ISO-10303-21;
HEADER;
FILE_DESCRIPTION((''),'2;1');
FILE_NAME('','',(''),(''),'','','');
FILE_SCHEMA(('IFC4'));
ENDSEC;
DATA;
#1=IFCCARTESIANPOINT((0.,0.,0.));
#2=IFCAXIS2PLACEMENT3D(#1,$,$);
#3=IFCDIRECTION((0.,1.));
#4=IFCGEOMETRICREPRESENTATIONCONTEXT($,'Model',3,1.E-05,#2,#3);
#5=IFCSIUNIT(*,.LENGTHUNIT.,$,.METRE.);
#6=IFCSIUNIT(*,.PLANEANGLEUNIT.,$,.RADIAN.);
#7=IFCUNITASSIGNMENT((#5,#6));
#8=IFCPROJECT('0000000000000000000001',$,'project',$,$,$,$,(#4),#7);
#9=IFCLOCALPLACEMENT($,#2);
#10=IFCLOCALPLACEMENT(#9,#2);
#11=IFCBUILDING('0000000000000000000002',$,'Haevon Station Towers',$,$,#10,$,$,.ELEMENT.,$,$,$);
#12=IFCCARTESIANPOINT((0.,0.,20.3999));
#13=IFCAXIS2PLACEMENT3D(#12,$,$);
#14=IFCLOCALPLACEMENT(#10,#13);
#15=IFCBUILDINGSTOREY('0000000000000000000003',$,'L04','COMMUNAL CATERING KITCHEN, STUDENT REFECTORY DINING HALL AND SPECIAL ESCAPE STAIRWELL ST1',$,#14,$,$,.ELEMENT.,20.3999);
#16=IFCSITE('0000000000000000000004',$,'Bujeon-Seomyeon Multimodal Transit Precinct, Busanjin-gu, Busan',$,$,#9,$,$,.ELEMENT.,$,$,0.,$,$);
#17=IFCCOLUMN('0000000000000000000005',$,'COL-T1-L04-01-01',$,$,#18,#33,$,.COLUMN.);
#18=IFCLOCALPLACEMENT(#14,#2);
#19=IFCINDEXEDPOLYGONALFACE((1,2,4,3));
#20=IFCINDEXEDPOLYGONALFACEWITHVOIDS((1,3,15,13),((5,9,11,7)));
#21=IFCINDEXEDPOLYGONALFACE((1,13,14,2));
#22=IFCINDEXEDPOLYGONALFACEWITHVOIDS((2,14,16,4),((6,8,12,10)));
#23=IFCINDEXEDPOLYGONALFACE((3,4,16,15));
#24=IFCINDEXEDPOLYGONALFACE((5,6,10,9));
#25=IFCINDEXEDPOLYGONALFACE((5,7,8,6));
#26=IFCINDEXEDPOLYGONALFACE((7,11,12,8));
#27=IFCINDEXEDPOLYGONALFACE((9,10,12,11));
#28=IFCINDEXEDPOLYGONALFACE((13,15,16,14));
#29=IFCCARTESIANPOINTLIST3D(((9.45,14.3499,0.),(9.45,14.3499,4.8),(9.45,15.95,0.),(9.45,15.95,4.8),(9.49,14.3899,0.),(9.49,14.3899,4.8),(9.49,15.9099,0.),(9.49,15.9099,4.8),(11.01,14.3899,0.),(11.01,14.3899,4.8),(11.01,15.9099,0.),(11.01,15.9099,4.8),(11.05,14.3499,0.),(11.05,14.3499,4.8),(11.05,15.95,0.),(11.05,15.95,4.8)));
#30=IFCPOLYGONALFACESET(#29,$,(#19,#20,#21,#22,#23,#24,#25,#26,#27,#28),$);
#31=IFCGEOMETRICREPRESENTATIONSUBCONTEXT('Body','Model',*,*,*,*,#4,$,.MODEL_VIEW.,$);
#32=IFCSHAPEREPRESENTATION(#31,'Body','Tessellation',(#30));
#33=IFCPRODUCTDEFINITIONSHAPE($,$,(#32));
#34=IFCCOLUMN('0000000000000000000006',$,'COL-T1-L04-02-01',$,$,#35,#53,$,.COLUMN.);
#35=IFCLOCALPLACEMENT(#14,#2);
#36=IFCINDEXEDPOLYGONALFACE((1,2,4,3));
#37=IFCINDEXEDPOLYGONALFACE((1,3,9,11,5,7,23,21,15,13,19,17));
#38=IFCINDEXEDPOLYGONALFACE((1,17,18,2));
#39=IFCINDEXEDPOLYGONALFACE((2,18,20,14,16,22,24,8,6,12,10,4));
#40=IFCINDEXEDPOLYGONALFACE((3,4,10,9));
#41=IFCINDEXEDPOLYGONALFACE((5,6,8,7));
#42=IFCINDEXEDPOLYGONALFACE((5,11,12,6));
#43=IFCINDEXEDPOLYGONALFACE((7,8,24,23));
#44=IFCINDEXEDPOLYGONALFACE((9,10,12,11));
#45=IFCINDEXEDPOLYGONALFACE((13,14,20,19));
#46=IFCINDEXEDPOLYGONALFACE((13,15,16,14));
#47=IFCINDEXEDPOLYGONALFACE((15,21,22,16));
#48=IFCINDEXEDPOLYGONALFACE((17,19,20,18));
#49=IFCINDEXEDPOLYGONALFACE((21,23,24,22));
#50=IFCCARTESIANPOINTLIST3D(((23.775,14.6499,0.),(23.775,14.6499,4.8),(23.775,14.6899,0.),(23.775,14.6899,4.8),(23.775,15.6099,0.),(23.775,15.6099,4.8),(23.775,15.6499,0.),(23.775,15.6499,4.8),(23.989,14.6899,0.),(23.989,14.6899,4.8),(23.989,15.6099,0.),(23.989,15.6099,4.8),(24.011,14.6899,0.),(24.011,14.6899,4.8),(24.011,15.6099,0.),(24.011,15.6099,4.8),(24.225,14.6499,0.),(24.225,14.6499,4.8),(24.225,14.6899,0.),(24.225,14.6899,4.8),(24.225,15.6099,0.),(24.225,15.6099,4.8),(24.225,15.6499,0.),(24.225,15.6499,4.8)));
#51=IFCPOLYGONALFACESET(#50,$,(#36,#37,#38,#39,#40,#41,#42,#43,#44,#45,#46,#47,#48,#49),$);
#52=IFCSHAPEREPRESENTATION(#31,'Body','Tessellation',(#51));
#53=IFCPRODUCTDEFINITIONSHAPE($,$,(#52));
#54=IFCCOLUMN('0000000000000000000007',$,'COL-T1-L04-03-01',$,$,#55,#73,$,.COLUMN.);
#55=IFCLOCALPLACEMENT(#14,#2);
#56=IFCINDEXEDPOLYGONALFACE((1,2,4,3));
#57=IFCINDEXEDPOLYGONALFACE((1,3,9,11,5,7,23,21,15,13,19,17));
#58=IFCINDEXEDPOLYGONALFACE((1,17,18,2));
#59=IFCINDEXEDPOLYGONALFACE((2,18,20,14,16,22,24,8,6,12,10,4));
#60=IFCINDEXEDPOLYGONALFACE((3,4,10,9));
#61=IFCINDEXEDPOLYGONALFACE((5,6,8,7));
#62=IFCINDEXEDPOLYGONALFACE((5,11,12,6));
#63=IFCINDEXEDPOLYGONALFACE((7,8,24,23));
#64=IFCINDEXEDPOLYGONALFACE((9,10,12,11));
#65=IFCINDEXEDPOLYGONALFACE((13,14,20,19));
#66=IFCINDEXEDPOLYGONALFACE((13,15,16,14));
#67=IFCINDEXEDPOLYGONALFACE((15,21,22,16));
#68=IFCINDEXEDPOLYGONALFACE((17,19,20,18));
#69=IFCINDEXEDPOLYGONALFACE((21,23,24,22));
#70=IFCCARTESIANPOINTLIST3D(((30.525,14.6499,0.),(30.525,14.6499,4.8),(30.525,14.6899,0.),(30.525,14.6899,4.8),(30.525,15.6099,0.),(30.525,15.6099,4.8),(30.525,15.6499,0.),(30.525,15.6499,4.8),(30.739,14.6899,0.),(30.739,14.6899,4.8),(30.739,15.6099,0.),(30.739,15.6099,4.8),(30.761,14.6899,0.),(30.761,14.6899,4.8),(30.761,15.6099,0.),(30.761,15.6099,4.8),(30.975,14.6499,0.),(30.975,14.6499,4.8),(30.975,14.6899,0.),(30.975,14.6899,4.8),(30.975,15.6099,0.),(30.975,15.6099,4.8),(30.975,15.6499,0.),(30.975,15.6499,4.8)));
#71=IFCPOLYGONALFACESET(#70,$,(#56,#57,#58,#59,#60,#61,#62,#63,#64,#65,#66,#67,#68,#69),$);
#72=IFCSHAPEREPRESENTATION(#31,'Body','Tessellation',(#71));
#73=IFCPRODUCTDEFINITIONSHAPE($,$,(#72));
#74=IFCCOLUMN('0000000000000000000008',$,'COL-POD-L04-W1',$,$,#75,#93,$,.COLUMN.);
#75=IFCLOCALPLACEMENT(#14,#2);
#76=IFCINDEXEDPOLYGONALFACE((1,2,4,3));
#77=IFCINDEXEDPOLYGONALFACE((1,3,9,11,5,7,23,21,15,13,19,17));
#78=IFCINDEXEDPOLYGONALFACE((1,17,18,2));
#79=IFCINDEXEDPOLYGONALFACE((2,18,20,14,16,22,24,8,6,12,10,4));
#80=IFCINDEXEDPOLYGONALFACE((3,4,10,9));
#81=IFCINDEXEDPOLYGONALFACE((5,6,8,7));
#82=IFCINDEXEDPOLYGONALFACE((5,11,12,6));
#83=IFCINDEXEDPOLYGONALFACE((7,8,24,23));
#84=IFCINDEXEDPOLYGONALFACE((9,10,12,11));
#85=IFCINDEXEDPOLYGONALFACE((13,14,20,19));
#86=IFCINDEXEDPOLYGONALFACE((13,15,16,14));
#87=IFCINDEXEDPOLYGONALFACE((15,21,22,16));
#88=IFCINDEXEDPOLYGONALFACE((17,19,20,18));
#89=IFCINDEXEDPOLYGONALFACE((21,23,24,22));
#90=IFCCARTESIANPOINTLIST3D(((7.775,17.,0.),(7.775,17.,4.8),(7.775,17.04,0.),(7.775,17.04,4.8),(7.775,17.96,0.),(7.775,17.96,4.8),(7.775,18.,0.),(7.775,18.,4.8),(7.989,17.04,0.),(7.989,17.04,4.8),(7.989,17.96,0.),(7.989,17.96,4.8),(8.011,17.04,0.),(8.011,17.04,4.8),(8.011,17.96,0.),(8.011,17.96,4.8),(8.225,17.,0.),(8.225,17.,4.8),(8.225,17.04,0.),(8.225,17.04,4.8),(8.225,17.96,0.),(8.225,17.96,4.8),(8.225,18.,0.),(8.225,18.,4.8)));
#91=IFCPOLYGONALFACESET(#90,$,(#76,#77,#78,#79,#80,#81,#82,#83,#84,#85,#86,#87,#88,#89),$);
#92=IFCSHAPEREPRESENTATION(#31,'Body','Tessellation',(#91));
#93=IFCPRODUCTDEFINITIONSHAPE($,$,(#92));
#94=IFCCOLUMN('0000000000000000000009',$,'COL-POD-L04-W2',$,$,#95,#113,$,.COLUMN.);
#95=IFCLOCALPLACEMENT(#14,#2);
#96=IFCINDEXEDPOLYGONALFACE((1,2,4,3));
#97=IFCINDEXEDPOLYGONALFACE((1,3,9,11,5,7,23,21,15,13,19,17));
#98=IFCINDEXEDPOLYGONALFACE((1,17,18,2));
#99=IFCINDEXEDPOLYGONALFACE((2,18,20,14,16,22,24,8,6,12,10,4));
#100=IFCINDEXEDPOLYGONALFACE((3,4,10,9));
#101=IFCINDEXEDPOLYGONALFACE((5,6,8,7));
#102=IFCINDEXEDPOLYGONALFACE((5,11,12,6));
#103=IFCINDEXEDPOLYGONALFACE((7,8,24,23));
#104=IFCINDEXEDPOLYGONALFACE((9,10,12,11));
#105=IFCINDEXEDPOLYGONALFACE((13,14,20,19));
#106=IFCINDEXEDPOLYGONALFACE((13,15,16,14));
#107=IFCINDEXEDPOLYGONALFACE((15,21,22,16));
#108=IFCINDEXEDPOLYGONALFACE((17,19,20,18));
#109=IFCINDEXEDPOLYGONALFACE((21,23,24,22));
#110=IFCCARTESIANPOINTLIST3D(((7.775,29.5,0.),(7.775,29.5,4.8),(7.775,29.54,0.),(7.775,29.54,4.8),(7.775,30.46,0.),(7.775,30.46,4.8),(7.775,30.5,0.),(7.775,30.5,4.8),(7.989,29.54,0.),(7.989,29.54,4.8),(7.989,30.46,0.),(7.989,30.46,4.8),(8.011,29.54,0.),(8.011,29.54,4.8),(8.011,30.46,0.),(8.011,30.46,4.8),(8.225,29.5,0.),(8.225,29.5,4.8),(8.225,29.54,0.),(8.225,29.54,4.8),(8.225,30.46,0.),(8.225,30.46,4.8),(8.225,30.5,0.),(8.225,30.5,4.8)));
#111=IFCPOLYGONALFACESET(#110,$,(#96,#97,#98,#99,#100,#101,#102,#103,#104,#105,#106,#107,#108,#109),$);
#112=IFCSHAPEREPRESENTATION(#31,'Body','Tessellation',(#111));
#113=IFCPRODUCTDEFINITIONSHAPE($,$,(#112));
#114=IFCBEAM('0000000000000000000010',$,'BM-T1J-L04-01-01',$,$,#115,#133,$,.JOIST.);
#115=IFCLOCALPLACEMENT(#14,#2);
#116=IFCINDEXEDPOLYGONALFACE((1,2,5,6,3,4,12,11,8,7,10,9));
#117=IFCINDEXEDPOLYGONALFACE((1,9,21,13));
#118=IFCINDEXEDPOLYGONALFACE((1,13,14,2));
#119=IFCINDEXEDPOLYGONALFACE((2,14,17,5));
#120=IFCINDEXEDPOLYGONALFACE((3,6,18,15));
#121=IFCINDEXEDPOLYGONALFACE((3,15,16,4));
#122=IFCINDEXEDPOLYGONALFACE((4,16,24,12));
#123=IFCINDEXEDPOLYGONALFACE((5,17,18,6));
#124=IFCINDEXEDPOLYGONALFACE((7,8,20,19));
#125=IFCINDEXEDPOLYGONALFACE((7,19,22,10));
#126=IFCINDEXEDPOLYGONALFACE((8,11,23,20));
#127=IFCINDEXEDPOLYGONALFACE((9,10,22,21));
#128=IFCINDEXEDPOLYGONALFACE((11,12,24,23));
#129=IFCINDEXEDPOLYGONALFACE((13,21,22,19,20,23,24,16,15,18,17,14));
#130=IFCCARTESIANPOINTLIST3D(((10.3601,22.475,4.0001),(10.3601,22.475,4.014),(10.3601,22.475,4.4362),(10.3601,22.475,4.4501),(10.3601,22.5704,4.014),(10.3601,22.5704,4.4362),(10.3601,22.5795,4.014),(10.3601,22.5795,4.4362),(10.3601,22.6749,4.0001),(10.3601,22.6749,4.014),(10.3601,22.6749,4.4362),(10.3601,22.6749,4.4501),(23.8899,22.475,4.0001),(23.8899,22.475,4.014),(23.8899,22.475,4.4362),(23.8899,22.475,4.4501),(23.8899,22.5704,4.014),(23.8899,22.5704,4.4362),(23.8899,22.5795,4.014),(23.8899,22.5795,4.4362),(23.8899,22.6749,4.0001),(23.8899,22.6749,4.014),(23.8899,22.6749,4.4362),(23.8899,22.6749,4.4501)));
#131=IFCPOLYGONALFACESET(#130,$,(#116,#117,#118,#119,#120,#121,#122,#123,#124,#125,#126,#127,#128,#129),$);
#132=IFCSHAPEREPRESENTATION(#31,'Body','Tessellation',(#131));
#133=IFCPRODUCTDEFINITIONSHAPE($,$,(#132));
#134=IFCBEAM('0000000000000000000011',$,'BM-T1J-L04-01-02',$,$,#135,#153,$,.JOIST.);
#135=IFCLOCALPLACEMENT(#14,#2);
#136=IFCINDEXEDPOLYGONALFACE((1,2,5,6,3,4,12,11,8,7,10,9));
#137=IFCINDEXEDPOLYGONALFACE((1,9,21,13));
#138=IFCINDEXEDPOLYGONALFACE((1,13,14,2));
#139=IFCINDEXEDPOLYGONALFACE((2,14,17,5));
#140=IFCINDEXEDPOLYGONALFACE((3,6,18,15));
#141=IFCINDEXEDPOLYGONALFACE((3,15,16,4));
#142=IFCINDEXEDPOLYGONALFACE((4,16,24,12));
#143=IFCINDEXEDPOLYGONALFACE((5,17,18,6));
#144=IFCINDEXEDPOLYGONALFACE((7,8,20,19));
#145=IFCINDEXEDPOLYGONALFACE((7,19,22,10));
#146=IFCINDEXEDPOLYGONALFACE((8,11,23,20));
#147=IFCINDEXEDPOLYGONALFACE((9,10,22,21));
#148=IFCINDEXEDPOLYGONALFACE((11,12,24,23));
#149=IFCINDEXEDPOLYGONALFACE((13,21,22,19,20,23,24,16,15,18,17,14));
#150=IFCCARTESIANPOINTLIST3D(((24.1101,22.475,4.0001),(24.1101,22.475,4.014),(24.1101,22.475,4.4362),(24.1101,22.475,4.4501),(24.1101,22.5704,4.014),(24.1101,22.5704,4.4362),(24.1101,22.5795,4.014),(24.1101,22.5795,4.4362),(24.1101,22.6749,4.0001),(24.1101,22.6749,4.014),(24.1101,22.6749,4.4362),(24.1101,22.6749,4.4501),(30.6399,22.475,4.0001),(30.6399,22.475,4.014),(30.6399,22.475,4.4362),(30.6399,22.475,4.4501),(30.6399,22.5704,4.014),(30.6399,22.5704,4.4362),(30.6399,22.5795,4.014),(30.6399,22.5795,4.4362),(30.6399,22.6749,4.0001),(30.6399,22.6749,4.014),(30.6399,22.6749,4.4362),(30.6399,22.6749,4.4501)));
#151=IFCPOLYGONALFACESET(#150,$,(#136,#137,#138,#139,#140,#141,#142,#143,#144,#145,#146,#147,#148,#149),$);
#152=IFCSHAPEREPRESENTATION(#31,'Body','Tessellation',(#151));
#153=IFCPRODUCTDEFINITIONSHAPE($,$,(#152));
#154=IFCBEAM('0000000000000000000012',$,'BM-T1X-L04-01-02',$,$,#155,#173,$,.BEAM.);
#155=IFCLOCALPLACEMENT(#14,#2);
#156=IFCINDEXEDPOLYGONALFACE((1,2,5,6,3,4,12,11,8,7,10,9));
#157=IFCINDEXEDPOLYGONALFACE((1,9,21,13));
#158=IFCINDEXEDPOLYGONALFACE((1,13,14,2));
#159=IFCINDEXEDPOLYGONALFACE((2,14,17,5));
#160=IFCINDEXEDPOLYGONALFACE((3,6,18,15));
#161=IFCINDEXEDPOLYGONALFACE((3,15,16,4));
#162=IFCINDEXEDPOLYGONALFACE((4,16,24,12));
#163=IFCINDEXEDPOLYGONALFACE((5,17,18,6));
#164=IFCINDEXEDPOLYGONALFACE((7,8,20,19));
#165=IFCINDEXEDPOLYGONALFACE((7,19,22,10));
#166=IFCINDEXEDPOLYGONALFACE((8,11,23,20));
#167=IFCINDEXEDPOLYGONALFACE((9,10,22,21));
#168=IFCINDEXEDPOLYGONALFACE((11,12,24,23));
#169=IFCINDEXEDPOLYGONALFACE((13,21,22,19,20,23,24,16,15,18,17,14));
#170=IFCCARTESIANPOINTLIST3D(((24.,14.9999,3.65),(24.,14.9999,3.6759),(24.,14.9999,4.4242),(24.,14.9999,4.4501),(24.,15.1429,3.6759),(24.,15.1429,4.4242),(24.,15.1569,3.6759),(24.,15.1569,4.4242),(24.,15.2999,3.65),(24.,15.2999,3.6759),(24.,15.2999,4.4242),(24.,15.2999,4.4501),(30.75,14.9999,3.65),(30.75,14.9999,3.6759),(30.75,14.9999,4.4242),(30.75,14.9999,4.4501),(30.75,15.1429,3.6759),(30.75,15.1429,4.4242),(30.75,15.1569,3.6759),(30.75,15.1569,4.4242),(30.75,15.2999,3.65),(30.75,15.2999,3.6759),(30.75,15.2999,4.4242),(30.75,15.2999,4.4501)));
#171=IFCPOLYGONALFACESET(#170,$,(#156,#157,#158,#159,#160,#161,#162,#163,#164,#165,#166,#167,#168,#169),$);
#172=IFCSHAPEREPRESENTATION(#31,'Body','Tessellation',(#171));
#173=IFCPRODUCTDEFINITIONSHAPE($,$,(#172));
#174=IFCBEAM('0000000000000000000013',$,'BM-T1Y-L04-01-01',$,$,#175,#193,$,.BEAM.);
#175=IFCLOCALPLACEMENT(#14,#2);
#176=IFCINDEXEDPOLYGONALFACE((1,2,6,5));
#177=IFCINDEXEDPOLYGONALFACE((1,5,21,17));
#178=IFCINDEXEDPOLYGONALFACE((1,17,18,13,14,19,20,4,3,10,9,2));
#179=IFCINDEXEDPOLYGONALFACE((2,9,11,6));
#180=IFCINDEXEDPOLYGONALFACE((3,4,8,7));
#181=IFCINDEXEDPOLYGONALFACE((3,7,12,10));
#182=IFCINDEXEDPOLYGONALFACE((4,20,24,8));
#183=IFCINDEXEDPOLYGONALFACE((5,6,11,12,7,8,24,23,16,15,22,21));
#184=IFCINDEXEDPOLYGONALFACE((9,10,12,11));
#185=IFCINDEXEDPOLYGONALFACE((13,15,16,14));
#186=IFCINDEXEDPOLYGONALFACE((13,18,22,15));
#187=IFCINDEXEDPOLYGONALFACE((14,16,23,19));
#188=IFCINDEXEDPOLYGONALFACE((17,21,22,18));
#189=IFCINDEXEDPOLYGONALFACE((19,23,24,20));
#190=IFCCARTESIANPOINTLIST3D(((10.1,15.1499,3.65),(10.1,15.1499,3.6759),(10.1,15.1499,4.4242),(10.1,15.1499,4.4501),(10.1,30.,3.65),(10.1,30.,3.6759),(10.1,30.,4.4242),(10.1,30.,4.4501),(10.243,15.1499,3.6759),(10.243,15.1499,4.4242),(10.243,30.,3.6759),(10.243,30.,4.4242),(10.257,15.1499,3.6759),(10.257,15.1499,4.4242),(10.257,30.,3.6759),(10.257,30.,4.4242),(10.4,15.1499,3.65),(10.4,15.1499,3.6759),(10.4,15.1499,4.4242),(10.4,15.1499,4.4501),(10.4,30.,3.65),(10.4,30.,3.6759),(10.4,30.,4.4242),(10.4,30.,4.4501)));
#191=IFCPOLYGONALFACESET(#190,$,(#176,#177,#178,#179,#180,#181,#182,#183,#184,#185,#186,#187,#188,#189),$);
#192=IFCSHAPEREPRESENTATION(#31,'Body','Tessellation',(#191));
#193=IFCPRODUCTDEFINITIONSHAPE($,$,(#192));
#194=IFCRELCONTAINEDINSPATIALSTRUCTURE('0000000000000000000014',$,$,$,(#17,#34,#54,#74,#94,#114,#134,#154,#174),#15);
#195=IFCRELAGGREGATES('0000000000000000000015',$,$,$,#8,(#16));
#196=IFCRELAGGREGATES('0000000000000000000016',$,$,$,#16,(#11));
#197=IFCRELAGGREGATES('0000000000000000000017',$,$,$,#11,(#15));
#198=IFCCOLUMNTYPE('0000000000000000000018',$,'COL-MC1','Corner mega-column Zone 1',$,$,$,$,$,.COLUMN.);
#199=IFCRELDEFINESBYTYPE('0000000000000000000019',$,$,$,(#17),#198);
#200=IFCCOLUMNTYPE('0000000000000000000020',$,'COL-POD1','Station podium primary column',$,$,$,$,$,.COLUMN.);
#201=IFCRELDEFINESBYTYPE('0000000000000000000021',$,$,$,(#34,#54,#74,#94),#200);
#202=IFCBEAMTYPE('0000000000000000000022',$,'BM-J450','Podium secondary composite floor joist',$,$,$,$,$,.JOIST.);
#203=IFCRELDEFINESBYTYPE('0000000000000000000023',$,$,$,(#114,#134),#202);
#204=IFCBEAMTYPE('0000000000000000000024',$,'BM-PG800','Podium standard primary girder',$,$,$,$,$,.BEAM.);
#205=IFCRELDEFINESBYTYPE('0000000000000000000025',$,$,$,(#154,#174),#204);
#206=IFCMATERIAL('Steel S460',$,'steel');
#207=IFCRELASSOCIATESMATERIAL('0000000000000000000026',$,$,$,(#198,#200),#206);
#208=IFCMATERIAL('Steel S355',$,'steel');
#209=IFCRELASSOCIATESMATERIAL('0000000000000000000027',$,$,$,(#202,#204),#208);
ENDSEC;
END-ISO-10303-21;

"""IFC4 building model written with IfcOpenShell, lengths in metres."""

from ifc_helpers import new_model, si_unit, direction, frame, origin, origin_2d, place, context, subcontext, project, spatial, hollow_rectangle, i_section, extrude, material, material_profile, profile_set, type_object, element, save


model = new_model("IFC4")

# Units and contexts
model_context = context("Model", 3, precision=1e-05, world=origin(), true_north=direction((0.0, 1.0)))
body_context = subcontext(model_context, "Body", "Model", "MODEL_VIEW")
ifc_project = project(units=[si_unit("LENGTHUNIT", "METRE"), si_unit("PLANEANGLEUNIT", "RADIAN")], contexts=[model_context])

# Site, building, storey
site_placement = place(None, origin())
site = spatial("IfcSite", under=ifc_project, at=site_placement, Name="Bujeon-Seomyeon Multimodal Transit Precinct, Busanjin-gu, Busan", CompositionType="ELEMENT", RefElevation=0.0)
building_placement = place(site_placement, origin())
building = spatial("IfcBuilding", under=site, at=building_placement, Name="Haevon Station Towers", CompositionType="ELEMENT")
storey_placement = place(building_placement, frame((0.0, 0.0, 20.3999)))
storey = spatial("IfcBuildingStorey", under=building, at=storey_placement, Name="L04", Description="COMMUNAL CATERING KITCHEN, STUDENT REFECTORY DINING HALL AND SPECIAL ESCAPE STAIRWELL ST1", CompositionType="ELEMENT", Elevation=20.3999)

# Columns
ifc_material_1 = material(Name="Steel S460", Category="steel")
ifc_material_profile_1 = material_profile(ifc_material_1, hollow_rectangle(XDim=1.6001, YDim=1.6001, WallThickness=0.04, at=origin_2d()), Name="BOX-1600x1600x40")
ifc_profile_set_1 = profile_set([ifc_material_profile_1], Name="Steel S460")
column_type_1 = type_object("IfcColumnType", Name="COL-MC1", Description="Corner mega-column Zone 1", PredefinedType="COLUMN", material=ifc_profile_set_1)
column_placement = place(storey_placement, frame((10.25, 15.1499, 0.0), z_axis=(0.0, 0.0, 1.0), x_axis=(1.0, 0.0, 0.0)))
element("IfcColumn", 1, at=column_placement, inside=storey, type_object=column_type_1, Name="COL-T1-L04-01-01", PredefinedType="COLUMN", context=body_context, shape_type="SweptSolid", body=[
    extrude(hollow_rectangle(XDim=1.6001, YDim=1.6001, WallThickness=0.04, at=origin_2d()), origin(), (0.0, 0.0, 1.0), 4.8),
])
ifc_material_profile_2 = material_profile(ifc_material_1, i_section(OverallWidth=0.45, OverallDepth=1.0, WebThickness=0.022, FlangeThickness=0.04, at=origin_2d()), Name="H-1000x450x22x40")
ifc_profile_set_2 = profile_set([ifc_material_profile_2], Name="Steel S460")
column_type_2 = type_object("IfcColumnType", Name="COL-POD1", Description="Station podium primary column", PredefinedType="COLUMN", material=ifc_profile_set_2)
for number, where, z_axis, x_axis, name in (
    (2, (24.0, 15.1499, 0.0), (0.0, 0.0, 1.0), (1.0, 0.0, 0.0), "COL-T1-L04-02-01"),
    (3, (30.75, 15.1499, 0.0), (0.0, 0.0, 1.0), (1.0, 0.0, 0.0), "COL-T1-L04-03-01"),
    (4, (8.0, 17.5, 0.0), (0.0, 0.0, 1.0), (1.0, 0.0, 0.0), "COL-POD-L04-W1"),
    (5, (8.0, 30.0, 0.0), (0.0, 0.0, 1.0), (1.0, 0.0, 0.0), "COL-POD-L04-W2"),
):
    element("IfcColumn", number, at=place(storey_placement, frame(where, z_axis=z_axis, x_axis=x_axis)), inside=storey, type_object=column_type_2, Name=name, PredefinedType="COLUMN", context=body_context, shape_type="SweptSolid", body=[
        extrude(i_section(OverallWidth=0.45, OverallDepth=1.0, WebThickness=0.022, FlangeThickness=0.04, at=origin_2d()), origin(), (0.0, 0.0, 1.0), 4.8),
    ])

# Beams
ifc_material_2 = material(Name="Steel S355", Category="steel")
ifc_material_profile_3 = material_profile(ifc_material_2, i_section(OverallWidth=0.2, OverallDepth=0.45, WebThickness=0.009, FlangeThickness=0.0139, at=origin_2d()), Name="H-450x200x9x14")
ifc_profile_set_3 = profile_set([ifc_material_profile_3], Name="Steel S355")
beam_type_1 = type_object("IfcBeamType", Name="BM-J450", Description="Podium secondary composite floor joist", PredefinedType="JOIST", material=ifc_profile_set_3)
beam_1_placement = place(storey_placement, frame((10.3601, 22.575, 4.2251), z_axis=(1.0, 0.0, 0.0), x_axis=(0.0, 1.0, 0.0)))
element("IfcBeam", 6, at=beam_1_placement, inside=storey, type_object=beam_type_1, Name="BM-T1J-L04-01-01", PredefinedType="JOIST", context=body_context, shape_type="SweptSolid", body=[
    extrude(i_section(OverallWidth=0.2, OverallDepth=0.45, WebThickness=0.009, FlangeThickness=0.0139, at=origin_2d()), origin(), (0.0, 0.0, 1.0), 13.5298),
])
beam_2_placement = place(storey_placement, frame((24.1101, 22.575, 4.2251), z_axis=(1.0, 0.0, 0.0), x_axis=(0.0, 1.0, 0.0)))
element("IfcBeam", 7, at=beam_2_placement, inside=storey, type_object=beam_type_1, Name="BM-T1J-L04-01-02", PredefinedType="JOIST", context=body_context, shape_type="SweptSolid", body=[
    extrude(i_section(OverallWidth=0.2, OverallDepth=0.45, WebThickness=0.009, FlangeThickness=0.0139, at=origin_2d()), origin(), (0.0, 0.0, 1.0), 6.5298),
])
ifc_material_profile_4 = material_profile(ifc_material_2, i_section(OverallWidth=0.3, OverallDepth=0.8, WebThickness=0.0139, FlangeThickness=0.0259, at=origin_2d()), Name="H-800x300x14x26")
ifc_profile_set_4 = profile_set([ifc_material_profile_4], Name="Steel S355")
beam_type_2 = type_object("IfcBeamType", Name="BM-PG800", Description="Podium standard primary girder", PredefinedType="BEAM", material=ifc_profile_set_4)
beam_3_placement = place(storey_placement, frame((24.0, 15.1499, 4.05), z_axis=(1.0, 0.0, 0.0), x_axis=(0.0, 1.0, 0.0)))
element("IfcBeam", 8, at=beam_3_placement, inside=storey, type_object=beam_type_2, Name="BM-T1X-L04-01-02", PredefinedType="BEAM", context=body_context, shape_type="SweptSolid", body=[
    extrude(i_section(OverallWidth=0.3, OverallDepth=0.8, WebThickness=0.0139, FlangeThickness=0.0259, at=origin_2d()), origin(), (0.0, 0.0, 1.0), 6.75),
])
for number, where, z_axis, x_axis, name in (
    (9, (10.25, 15.1499, 4.05), (0.0, 1.0, 0.0), (-1.0, 0.0, 0.0), "BM-T1Y-L04-01-01"),
):
    element("IfcBeam", number, at=place(storey_placement, frame(where, z_axis=z_axis, x_axis=x_axis)), inside=storey, type_object=beam_type_2, Name=name, PredefinedType="BEAM", context=body_context, shape_type="SweptSolid", body=[
        extrude(i_section(OverallWidth=0.3, OverallDepth=0.8, WebThickness=0.0139, FlangeThickness=0.0259, at=origin_2d()), origin(), (0.0, 0.0, 1.0), 14.8501),
    ])

save(model, "model.ifc")
